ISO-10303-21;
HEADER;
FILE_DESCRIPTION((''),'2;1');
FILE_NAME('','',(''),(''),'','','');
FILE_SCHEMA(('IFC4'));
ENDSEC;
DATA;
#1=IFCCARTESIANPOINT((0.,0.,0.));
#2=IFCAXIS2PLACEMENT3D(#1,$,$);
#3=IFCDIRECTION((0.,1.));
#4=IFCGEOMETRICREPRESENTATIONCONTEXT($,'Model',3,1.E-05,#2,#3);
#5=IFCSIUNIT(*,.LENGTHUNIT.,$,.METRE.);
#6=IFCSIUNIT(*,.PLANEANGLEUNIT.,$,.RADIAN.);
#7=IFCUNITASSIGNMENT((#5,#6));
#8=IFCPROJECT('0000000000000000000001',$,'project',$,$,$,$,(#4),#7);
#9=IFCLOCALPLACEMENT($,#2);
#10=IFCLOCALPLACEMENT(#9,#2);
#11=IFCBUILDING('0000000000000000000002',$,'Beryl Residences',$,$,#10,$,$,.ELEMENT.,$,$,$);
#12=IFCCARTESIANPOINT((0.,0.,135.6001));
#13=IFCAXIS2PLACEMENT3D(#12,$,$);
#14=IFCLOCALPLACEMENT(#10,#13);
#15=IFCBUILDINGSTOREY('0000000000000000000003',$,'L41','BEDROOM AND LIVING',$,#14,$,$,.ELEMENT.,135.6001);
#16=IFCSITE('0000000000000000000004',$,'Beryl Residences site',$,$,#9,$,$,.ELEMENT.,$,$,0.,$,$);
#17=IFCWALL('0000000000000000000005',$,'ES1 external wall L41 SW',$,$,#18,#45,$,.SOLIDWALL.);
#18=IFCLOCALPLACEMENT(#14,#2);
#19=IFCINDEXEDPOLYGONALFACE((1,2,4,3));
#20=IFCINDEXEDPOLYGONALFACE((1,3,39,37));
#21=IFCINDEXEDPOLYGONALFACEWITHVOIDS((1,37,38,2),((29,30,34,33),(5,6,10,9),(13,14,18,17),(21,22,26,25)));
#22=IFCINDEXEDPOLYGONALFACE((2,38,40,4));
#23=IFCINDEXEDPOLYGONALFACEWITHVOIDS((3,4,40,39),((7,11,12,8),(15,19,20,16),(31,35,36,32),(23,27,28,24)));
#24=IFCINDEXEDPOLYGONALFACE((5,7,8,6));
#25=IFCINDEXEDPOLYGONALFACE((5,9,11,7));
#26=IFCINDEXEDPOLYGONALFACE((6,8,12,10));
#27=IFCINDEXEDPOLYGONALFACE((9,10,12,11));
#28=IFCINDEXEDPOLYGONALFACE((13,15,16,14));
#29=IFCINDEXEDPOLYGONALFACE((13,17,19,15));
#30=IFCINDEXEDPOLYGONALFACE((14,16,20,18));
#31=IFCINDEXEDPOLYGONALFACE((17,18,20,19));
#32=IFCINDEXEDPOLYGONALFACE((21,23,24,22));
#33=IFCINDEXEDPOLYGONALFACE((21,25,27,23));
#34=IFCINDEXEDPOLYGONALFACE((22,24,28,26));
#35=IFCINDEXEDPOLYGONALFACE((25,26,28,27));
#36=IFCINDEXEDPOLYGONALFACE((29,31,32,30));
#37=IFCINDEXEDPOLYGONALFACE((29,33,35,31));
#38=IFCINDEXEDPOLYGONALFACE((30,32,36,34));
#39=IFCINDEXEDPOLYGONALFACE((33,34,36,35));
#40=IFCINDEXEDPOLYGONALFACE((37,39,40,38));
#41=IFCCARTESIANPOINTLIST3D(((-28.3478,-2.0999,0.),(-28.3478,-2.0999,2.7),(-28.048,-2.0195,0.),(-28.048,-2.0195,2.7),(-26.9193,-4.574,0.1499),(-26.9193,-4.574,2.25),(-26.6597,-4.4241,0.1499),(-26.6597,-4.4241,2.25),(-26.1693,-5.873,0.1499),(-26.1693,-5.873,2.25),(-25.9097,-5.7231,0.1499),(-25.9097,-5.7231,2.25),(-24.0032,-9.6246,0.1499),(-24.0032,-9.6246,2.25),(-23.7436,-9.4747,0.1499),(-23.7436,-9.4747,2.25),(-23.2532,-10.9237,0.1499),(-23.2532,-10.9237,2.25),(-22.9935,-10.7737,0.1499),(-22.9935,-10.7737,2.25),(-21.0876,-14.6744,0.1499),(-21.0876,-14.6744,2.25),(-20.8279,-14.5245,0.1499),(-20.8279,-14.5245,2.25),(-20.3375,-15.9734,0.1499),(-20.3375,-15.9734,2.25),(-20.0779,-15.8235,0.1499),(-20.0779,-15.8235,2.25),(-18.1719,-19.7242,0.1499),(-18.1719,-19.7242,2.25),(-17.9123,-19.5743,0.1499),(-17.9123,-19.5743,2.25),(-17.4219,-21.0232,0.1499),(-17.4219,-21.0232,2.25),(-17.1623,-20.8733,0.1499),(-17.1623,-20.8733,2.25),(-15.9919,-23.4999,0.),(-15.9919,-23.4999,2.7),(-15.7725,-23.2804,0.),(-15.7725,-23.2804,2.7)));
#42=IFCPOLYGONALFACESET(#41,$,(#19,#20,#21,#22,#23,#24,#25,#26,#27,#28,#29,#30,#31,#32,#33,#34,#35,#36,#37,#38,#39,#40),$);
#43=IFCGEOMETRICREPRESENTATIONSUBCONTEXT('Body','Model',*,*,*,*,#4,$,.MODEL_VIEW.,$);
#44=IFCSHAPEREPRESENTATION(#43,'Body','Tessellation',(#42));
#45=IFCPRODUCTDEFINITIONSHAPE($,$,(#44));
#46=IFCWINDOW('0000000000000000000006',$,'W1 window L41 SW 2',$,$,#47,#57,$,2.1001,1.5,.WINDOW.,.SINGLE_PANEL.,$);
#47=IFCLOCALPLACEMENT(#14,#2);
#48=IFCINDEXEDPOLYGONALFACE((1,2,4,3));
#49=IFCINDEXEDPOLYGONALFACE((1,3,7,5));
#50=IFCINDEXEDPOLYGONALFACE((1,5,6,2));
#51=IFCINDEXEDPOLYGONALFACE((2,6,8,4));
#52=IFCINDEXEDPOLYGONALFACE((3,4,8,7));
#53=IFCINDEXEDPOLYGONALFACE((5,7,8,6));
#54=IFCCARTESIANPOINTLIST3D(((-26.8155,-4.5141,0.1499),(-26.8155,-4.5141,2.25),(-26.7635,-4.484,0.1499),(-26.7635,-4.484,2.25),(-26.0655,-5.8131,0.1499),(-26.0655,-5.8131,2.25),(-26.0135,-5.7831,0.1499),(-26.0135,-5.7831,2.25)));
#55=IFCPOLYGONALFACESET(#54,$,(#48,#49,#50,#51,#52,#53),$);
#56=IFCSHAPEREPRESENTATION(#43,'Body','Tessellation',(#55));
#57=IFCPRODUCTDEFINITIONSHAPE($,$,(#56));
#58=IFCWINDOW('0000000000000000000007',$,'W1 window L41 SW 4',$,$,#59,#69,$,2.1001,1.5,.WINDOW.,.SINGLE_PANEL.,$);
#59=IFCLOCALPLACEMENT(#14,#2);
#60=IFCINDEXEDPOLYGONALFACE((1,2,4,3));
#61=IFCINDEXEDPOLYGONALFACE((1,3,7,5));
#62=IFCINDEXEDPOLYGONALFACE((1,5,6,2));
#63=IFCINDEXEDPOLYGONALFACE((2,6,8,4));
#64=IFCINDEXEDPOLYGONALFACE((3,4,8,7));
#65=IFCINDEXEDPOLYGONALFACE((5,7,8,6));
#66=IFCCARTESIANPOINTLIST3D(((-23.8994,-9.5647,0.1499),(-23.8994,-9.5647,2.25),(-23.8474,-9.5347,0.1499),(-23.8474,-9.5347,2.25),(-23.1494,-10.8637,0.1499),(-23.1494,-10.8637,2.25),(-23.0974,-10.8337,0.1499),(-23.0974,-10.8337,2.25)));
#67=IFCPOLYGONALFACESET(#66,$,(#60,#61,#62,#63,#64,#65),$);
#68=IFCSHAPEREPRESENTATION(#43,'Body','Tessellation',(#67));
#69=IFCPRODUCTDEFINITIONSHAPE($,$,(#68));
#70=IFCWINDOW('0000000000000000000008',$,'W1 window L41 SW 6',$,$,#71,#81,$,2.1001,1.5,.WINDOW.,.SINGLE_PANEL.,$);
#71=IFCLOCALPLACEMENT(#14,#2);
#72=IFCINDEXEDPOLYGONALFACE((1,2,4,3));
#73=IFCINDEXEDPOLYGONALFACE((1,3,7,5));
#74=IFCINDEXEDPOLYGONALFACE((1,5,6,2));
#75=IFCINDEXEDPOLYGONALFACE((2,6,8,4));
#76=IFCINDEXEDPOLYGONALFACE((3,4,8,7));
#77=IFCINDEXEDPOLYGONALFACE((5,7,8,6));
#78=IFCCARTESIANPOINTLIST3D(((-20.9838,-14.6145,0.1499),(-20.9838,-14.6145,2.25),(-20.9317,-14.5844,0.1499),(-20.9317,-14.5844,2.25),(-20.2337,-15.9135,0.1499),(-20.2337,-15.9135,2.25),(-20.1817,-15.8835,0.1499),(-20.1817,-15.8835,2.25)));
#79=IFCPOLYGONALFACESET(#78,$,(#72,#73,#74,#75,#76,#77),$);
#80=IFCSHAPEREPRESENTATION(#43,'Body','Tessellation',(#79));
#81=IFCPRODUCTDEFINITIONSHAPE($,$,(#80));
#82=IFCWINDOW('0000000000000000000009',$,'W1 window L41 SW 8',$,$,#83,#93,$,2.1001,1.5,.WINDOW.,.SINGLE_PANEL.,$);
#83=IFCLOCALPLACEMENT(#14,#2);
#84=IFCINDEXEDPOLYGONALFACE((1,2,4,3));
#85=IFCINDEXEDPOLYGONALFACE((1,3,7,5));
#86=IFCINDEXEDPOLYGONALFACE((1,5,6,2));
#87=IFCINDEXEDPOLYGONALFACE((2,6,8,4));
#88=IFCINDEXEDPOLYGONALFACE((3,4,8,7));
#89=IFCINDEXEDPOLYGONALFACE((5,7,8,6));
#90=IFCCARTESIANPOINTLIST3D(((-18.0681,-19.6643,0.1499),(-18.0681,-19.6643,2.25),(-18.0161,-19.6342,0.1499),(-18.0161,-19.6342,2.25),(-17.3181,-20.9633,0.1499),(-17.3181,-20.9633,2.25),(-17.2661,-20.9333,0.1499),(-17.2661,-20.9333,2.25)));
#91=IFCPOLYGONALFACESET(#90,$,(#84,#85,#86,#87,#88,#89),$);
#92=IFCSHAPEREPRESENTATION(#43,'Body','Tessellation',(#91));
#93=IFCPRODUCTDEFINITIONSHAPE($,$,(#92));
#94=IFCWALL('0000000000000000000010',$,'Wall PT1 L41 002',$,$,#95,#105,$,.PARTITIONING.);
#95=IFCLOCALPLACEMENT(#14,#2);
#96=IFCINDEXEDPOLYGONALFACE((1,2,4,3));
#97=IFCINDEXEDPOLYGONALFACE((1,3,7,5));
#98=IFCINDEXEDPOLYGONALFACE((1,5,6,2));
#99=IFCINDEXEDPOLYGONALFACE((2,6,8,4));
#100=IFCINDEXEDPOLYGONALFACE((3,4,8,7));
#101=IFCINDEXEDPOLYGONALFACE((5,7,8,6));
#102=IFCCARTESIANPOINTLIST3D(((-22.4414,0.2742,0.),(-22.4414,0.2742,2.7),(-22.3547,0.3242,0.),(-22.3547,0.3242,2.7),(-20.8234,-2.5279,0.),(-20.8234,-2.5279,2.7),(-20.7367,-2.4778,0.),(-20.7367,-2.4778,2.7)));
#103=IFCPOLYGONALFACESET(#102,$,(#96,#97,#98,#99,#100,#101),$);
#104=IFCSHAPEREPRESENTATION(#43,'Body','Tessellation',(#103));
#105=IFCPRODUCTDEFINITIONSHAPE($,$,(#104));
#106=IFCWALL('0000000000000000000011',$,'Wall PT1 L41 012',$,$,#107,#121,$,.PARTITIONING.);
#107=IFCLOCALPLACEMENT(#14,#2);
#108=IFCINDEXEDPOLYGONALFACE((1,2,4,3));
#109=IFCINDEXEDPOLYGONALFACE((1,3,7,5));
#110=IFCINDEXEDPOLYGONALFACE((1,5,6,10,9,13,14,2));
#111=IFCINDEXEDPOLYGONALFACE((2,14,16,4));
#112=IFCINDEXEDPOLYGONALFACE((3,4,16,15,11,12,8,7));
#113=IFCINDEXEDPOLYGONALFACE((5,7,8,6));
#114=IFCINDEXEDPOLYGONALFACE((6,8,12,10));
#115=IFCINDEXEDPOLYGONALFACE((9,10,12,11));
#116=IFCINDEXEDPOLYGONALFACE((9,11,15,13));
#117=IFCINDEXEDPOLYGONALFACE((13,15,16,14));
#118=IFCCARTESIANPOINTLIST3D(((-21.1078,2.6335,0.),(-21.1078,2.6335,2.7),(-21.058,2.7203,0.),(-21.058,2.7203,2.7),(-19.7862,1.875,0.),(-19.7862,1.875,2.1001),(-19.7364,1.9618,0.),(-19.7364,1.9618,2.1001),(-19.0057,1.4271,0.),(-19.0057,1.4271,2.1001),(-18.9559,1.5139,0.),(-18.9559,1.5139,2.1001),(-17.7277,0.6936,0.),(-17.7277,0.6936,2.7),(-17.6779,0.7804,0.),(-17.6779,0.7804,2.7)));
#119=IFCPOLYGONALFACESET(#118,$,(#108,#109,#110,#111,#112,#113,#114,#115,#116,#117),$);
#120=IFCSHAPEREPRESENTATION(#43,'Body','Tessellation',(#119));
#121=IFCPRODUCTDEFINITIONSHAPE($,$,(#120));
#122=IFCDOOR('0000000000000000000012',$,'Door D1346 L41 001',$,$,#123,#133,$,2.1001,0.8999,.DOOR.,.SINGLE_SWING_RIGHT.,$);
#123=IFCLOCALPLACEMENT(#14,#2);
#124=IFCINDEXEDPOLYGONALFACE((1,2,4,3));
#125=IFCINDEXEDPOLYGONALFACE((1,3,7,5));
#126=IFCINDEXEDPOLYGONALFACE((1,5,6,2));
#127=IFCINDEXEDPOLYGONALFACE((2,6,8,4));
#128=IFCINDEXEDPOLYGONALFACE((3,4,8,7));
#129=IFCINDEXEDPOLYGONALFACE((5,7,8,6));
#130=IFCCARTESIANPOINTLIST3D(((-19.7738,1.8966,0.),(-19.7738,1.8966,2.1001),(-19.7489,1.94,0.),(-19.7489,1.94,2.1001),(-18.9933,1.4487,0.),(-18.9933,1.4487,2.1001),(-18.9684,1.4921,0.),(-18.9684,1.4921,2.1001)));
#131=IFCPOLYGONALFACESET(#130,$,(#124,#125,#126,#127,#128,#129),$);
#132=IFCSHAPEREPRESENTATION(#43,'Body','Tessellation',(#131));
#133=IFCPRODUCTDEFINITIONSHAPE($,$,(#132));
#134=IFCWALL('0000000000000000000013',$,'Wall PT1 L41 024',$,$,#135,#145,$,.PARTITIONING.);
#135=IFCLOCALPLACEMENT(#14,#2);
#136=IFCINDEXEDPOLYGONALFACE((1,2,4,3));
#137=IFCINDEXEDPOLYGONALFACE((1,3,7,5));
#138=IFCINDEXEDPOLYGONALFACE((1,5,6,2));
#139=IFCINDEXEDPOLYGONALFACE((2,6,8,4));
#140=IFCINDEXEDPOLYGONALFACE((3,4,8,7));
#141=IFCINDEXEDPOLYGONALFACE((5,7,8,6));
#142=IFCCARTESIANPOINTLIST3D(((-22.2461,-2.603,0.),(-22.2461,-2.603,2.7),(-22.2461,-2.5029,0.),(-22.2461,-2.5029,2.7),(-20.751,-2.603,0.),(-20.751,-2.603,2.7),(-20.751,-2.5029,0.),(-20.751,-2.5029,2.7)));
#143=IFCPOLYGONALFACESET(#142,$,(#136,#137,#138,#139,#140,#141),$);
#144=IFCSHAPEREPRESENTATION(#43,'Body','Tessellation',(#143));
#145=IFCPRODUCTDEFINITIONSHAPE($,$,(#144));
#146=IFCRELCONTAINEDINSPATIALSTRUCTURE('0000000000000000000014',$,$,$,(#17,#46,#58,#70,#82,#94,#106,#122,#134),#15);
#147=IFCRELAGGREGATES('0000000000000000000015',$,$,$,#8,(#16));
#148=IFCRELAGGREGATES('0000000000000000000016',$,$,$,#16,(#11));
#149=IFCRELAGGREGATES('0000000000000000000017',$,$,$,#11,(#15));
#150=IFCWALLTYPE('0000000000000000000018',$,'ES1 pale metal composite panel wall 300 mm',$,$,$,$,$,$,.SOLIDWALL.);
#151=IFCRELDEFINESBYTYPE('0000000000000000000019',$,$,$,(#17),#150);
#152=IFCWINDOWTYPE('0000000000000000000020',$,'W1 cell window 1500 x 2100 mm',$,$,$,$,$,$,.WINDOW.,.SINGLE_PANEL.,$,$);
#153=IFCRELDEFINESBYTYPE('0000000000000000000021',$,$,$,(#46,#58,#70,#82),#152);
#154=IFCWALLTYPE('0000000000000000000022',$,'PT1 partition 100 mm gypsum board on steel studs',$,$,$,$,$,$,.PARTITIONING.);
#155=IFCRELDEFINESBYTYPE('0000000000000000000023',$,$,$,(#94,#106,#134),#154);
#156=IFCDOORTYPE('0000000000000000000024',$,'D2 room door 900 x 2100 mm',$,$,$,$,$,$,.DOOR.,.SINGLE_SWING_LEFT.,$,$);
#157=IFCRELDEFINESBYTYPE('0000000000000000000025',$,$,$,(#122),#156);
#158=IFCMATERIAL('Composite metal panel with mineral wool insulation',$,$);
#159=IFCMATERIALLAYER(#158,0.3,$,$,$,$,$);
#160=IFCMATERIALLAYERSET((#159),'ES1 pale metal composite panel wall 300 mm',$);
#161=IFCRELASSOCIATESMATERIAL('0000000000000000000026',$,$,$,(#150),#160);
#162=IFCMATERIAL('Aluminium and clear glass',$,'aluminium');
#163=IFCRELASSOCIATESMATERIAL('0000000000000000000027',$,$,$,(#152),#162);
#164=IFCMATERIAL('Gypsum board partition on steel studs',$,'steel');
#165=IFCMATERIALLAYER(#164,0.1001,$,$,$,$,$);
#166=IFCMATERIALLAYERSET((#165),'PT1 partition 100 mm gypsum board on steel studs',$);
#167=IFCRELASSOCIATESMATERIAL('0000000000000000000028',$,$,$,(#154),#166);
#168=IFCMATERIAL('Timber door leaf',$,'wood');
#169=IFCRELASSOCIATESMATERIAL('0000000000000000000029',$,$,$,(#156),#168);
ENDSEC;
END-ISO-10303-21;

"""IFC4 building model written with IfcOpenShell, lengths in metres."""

from ifc_helpers import new_model, si_unit, direction, frame, frame_2d, origin, place, context, subcontext, project, spatial, polyline, rectangle, outline, extrude, material, layer, layer_set, type_object, element, fill, save


model = new_model("IFC4")

# Units and contexts
model_context = context("Model", 3, precision=1e-05, world=origin(), true_north=direction((0.0, 1.0)))
body_context = subcontext(model_context, "Body", "Model", "MODEL_VIEW")
ifc_project = project(units=[si_unit("LENGTHUNIT", "METRE"), si_unit("PLANEANGLEUNIT", "RADIAN")], contexts=[model_context])

# Site, building, storey
site_placement = place(None, origin())
site = spatial("IfcSite", under=ifc_project, at=site_placement, Name="Beryl Residences site", CompositionType="ELEMENT", RefElevation=0.0)
building_placement = place(site_placement, origin())
building = spatial("IfcBuilding", under=site, at=building_placement, Name="Beryl Residences", CompositionType="ELEMENT")
storey_placement = place(building_placement, frame((0.0, 0.0, 135.6001)))
storey = spatial("IfcBuildingStorey", under=building, at=storey_placement, Name="L41", Description="BEDROOM AND LIVING", CompositionType="ELEMENT", Elevation=135.6001)

# Shared definitions
ifc_material_1 = material(Name="Composite metal panel with mineral wool insulation")
ifc_layer_1 = layer(ifc_material_1, 0.3)
ifc_layer_set_1 = layer_set([ifc_layer_1], Name="ES1 pale metal composite panel wall 300 mm")
wall_type_1 = type_object("IfcWallType", Name="ES1 pale metal composite panel wall 300 mm", PredefinedType="SOLIDWALL", material=ifc_layer_set_1)

# Wall, openings, windows
wall_1_placement = place(storey_placement, frame((-28.218, -2.0249, 0.0), z_axis=(0.0, 0.0, 1.0), x_axis=(0.500018, -0.866015, 0.0)))
wall_1 = element("IfcWall", 1, at=wall_1_placement, inside=storey, type_object=wall_type_1, Name="ES1 external wall L41 SW", PredefinedType="SOLIDWALL", context=body_context, shape_type="SweptSolid", body=[
    extrude(outline(polyline([(0.0, -0.1499), (24.7109, -0.1499), (24.6306, 0.1499), (0.0803, 0.1499), (0.0, -0.1499)])), origin(), (0.0, 0.0, 1.0), 2.7),
])
opening_1_placement = place(wall_1_placement, frame((2.8569, 0.0, 0.1499)))
opening_1 = element("IfcOpeningElement", 2, at=opening_1_placement, cuts=wall_1, PredefinedType="OPENING", context=body_context, shape_type="SweptSolid", body=[
    extrude(rectangle(XDim=1.5, YDim=2.1001, at=frame_2d((0.75, 1.05))), frame((0.0, 0.1599, 0.0), z_axis=(0.0, -1.0, 0.0), x_axis=(1.0, 0.0, 0.0)), (0.0, 0.0, 1.0), 0.3201),
])
opening_2_placement = place(wall_1_placement, frame((8.689, 0.0, 0.1499)))
opening_2 = element("IfcOpeningElement", 3, at=opening_2_placement, cuts=wall_1, PredefinedType="OPENING", context=body_context, shape_type="SweptSolid", body=[
    extrude(rectangle(XDim=1.5, YDim=2.1001, at=frame_2d((0.75, 1.05))), frame((0.0, 0.1599, 0.0), z_axis=(0.0, -1.0, 0.0), x_axis=(1.0, 0.0, 0.0)), (0.0, 0.0, 1.0), 0.3201),
])
opening_3_placement = place(wall_1_placement, frame((14.52, 0.0, 0.1499)))
opening_3 = element("IfcOpeningElement", 4, at=opening_3_placement, cuts=wall_1, PredefinedType="OPENING", context=body_context, shape_type="SweptSolid", body=[
    extrude(rectangle(XDim=1.5, YDim=2.1001, at=frame_2d((0.75, 1.05))), frame((0.0, 0.1599, 0.0), z_axis=(0.0, -1.0, 0.0), x_axis=(1.0, 0.0, 0.0)), (0.0, 0.0, 1.0), 0.3201),
])
opening_4_placement = place(wall_1_placement, frame((20.3511, 0.0, 0.1499)))
opening_4 = element("IfcOpeningElement", 5, at=opening_4_placement, cuts=wall_1, PredefinedType="OPENING", context=body_context, shape_type="SweptSolid", body=[
    extrude(rectangle(XDim=1.5, YDim=2.1001, at=frame_2d((0.75, 1.05))), frame((0.0, 0.1599, 0.0), z_axis=(0.0, -1.0, 0.0), x_axis=(1.0, 0.0, 0.0)), (0.0, 0.0, 1.0), 0.3201),
])
ifc_material_2 = material(Name="Aluminium and clear glass", Category="aluminium")
window_type_1 = type_object("IfcWindowType", Name="W1 cell window 1500 x 2100 mm", PartitioningType="SINGLE_PANEL", PredefinedType="WINDOW", material=ifc_material_2)
window_1_placement = place(opening_1_placement, origin())
window_1 = element("IfcWindow", 6, at=window_1_placement, inside=storey, type_object=window_type_1, Name="W1 window L41 SW 2", OverallHeight=2.1001, OverallWidth=1.5, PartitioningType="SINGLE_PANEL", PredefinedType="WINDOW", context=body_context, shape_type="SweptSolid", body=[
    extrude(rectangle(XDim=1.5, YDim=2.1001, at=frame_2d((0.75, 1.05))), frame((0.0, 0.03, 0.0), z_axis=(0.0, -1.0, 0.0), x_axis=(1.0, 0.0, 0.0)), (0.0, 0.0, 1.0), 0.0601),
])
fill(opening_1, window_1)
window_2_placement = place(opening_2_placement, origin())
window_2 = element("IfcWindow", 7, at=window_2_placement, inside=storey, type_object=window_type_1, Name="W1 window L41 SW 4", OverallHeight=2.1001, OverallWidth=1.5, PartitioningType="SINGLE_PANEL", PredefinedType="WINDOW", context=body_context, shape_type="SweptSolid", body=[
    extrude(rectangle(XDim=1.5, YDim=2.1001, at=frame_2d((0.75, 1.05))), frame((0.0, 0.03, 0.0), z_axis=(0.0, -1.0, 0.0), x_axis=(1.0, 0.0, 0.0)), (0.0, 0.0, 1.0), 0.0601),
])
fill(opening_2, window_2)
window_3_placement = place(opening_3_placement, origin())
window_3 = element("IfcWindow", 8, at=window_3_placement, inside=storey, type_object=window_type_1, Name="W1 window L41 SW 6", OverallHeight=2.1001, OverallWidth=1.5, PartitioningType="SINGLE_PANEL", PredefinedType="WINDOW", context=body_context, shape_type="SweptSolid", body=[
    extrude(rectangle(XDim=1.5, YDim=2.1001, at=frame_2d((0.75, 1.05))), frame((0.0, 0.03, 0.0), z_axis=(0.0, -1.0, 0.0), x_axis=(1.0, 0.0, 0.0)), (0.0, 0.0, 1.0), 0.0601),
])
fill(opening_3, window_3)
window_4_placement = place(opening_4_placement, origin())
window_4 = element("IfcWindow", 9, at=window_4_placement, inside=storey, type_object=window_type_1, Name="W1 window L41 SW 8", OverallHeight=2.1001, OverallWidth=1.5, PartitioningType="SINGLE_PANEL", PredefinedType="WINDOW", context=body_context, shape_type="SweptSolid", body=[
    extrude(rectangle(XDim=1.5, YDim=2.1001, at=frame_2d((0.75, 1.05))), frame((0.0, 0.03, 0.0), z_axis=(0.0, -1.0, 0.0), x_axis=(1.0, 0.0, 0.0)), (0.0, 0.0, 1.0), 0.0601),
])
fill(opening_4, window_4)

# Wall
ifc_material_3 = material(Name="Gypsum board partition on steel studs", Category="steel")
ifc_layer_2 = layer(ifc_material_3, 0.1001)
ifc_layer_set_2 = layer_set([ifc_layer_2], Name="PT1 partition 100 mm gypsum board on steel studs")
wall_type_2 = type_object("IfcWallType", Name="PT1 partition 100 mm gypsum board on steel studs", PredefinedType="PARTITIONING", material=ifc_layer_set_2)
wall_2_placement = place(storey_placement, frame((-22.3979, 0.2991, 0.0), z_axis=(0.0, 0.0, 1.0), x_axis=(0.500042, -0.866001, 0.0)))
element("IfcWall", 10, at=wall_2_placement, inside=storey, type_object=wall_type_2, Name="Wall PT1 L41 002", PredefinedType="PARTITIONING", context=body_context, shape_type="SweptSolid", body=[
    extrude(rectangle(XDim=3.2356, YDim=0.1001, at=frame_2d((1.6177, 0.0))), origin(), (0.0, 0.0, 1.0), 2.7),
])

# Wall, opening, door
wall_3_placement = place(storey_placement, frame((-21.083, 2.677, 0.0), z_axis=(0.0, 0.0, 1.0), x_axis=(0.867309, -0.497771, 0.0)))
wall_3 = element("IfcWall", 11, at=wall_3_placement, inside=storey, type_object=wall_type_2, Name="Wall PT1 L41 012", PredefinedType="PARTITIONING", context=body_context, shape_type="SweptSolid", body=[
    extrude(rectangle(XDim=3.8972, YDim=0.1001, at=frame_2d((1.9487, 0.0))), origin(), (0.0, 0.0, 1.0), 2.7),
])
opening_5_placement = place(wall_3_placement, frame((1.5239, 0.0, 0.0)))
opening_5 = element("IfcOpeningElement", 12, at=opening_5_placement, cuts=wall_3, PredefinedType="OPENING", context=body_context, shape_type="SweptSolid", body=[
    extrude(rectangle(XDim=0.8999, YDim=2.1001, at=frame_2d((0.45, 1.05))), frame((0.0, 0.0601, 0.0), z_axis=(0.0, -1.0, 0.0), x_axis=(1.0, 0.0, 0.0)), (0.0, 0.0, 1.0), 0.1201),
])
ifc_material_4 = material(Name="Timber door leaf", Category="wood")
door_type = type_object("IfcDoorType", Name="D2 room door 900 x 2100 mm", OperationType="SINGLE_SWING_LEFT", PredefinedType="DOOR", material=ifc_material_4)
door_1_placement = place(opening_5_placement, origin())
door_1 = element("IfcDoor", 13, at=door_1_placement, inside=storey, type_object=door_type, Name="Door D1346 L41 001", OperationType="SINGLE_SWING_RIGHT", OverallHeight=2.1001, OverallWidth=0.8999, PredefinedType="DOOR", context=body_context, shape_type="SweptSolid", body=[
    extrude(rectangle(XDim=0.8999, YDim=2.1001, at=frame_2d((0.45, 1.05))), frame((0.0, 0.0249, 0.0), z_axis=(0.0, -1.0, 0.0), x_axis=(1.0, 0.0, 0.0)), (0.0, 0.0, 1.0), 0.05),
])
fill(opening_5, door_1)

# Wall
wall_4_placement = place(storey_placement, frame((-22.2461, -2.553, 0.0), z_axis=(0.0, 0.0, 1.0), x_axis=(1.0, 0.0, 0.0)))
element("IfcWall", 14, at=wall_4_placement, inside=storey, type_object=wall_type_2, Name="Wall PT1 L41 024", PredefinedType="PARTITIONING", context=body_context, shape_type="SweptSolid", body=[
    extrude(rectangle(XDim=1.4951, YDim=0.1001, at=frame_2d((0.7476, 0.0))), origin(), (0.0, 0.0, 1.0), 2.7),
])

save(model, "model.ifc")
